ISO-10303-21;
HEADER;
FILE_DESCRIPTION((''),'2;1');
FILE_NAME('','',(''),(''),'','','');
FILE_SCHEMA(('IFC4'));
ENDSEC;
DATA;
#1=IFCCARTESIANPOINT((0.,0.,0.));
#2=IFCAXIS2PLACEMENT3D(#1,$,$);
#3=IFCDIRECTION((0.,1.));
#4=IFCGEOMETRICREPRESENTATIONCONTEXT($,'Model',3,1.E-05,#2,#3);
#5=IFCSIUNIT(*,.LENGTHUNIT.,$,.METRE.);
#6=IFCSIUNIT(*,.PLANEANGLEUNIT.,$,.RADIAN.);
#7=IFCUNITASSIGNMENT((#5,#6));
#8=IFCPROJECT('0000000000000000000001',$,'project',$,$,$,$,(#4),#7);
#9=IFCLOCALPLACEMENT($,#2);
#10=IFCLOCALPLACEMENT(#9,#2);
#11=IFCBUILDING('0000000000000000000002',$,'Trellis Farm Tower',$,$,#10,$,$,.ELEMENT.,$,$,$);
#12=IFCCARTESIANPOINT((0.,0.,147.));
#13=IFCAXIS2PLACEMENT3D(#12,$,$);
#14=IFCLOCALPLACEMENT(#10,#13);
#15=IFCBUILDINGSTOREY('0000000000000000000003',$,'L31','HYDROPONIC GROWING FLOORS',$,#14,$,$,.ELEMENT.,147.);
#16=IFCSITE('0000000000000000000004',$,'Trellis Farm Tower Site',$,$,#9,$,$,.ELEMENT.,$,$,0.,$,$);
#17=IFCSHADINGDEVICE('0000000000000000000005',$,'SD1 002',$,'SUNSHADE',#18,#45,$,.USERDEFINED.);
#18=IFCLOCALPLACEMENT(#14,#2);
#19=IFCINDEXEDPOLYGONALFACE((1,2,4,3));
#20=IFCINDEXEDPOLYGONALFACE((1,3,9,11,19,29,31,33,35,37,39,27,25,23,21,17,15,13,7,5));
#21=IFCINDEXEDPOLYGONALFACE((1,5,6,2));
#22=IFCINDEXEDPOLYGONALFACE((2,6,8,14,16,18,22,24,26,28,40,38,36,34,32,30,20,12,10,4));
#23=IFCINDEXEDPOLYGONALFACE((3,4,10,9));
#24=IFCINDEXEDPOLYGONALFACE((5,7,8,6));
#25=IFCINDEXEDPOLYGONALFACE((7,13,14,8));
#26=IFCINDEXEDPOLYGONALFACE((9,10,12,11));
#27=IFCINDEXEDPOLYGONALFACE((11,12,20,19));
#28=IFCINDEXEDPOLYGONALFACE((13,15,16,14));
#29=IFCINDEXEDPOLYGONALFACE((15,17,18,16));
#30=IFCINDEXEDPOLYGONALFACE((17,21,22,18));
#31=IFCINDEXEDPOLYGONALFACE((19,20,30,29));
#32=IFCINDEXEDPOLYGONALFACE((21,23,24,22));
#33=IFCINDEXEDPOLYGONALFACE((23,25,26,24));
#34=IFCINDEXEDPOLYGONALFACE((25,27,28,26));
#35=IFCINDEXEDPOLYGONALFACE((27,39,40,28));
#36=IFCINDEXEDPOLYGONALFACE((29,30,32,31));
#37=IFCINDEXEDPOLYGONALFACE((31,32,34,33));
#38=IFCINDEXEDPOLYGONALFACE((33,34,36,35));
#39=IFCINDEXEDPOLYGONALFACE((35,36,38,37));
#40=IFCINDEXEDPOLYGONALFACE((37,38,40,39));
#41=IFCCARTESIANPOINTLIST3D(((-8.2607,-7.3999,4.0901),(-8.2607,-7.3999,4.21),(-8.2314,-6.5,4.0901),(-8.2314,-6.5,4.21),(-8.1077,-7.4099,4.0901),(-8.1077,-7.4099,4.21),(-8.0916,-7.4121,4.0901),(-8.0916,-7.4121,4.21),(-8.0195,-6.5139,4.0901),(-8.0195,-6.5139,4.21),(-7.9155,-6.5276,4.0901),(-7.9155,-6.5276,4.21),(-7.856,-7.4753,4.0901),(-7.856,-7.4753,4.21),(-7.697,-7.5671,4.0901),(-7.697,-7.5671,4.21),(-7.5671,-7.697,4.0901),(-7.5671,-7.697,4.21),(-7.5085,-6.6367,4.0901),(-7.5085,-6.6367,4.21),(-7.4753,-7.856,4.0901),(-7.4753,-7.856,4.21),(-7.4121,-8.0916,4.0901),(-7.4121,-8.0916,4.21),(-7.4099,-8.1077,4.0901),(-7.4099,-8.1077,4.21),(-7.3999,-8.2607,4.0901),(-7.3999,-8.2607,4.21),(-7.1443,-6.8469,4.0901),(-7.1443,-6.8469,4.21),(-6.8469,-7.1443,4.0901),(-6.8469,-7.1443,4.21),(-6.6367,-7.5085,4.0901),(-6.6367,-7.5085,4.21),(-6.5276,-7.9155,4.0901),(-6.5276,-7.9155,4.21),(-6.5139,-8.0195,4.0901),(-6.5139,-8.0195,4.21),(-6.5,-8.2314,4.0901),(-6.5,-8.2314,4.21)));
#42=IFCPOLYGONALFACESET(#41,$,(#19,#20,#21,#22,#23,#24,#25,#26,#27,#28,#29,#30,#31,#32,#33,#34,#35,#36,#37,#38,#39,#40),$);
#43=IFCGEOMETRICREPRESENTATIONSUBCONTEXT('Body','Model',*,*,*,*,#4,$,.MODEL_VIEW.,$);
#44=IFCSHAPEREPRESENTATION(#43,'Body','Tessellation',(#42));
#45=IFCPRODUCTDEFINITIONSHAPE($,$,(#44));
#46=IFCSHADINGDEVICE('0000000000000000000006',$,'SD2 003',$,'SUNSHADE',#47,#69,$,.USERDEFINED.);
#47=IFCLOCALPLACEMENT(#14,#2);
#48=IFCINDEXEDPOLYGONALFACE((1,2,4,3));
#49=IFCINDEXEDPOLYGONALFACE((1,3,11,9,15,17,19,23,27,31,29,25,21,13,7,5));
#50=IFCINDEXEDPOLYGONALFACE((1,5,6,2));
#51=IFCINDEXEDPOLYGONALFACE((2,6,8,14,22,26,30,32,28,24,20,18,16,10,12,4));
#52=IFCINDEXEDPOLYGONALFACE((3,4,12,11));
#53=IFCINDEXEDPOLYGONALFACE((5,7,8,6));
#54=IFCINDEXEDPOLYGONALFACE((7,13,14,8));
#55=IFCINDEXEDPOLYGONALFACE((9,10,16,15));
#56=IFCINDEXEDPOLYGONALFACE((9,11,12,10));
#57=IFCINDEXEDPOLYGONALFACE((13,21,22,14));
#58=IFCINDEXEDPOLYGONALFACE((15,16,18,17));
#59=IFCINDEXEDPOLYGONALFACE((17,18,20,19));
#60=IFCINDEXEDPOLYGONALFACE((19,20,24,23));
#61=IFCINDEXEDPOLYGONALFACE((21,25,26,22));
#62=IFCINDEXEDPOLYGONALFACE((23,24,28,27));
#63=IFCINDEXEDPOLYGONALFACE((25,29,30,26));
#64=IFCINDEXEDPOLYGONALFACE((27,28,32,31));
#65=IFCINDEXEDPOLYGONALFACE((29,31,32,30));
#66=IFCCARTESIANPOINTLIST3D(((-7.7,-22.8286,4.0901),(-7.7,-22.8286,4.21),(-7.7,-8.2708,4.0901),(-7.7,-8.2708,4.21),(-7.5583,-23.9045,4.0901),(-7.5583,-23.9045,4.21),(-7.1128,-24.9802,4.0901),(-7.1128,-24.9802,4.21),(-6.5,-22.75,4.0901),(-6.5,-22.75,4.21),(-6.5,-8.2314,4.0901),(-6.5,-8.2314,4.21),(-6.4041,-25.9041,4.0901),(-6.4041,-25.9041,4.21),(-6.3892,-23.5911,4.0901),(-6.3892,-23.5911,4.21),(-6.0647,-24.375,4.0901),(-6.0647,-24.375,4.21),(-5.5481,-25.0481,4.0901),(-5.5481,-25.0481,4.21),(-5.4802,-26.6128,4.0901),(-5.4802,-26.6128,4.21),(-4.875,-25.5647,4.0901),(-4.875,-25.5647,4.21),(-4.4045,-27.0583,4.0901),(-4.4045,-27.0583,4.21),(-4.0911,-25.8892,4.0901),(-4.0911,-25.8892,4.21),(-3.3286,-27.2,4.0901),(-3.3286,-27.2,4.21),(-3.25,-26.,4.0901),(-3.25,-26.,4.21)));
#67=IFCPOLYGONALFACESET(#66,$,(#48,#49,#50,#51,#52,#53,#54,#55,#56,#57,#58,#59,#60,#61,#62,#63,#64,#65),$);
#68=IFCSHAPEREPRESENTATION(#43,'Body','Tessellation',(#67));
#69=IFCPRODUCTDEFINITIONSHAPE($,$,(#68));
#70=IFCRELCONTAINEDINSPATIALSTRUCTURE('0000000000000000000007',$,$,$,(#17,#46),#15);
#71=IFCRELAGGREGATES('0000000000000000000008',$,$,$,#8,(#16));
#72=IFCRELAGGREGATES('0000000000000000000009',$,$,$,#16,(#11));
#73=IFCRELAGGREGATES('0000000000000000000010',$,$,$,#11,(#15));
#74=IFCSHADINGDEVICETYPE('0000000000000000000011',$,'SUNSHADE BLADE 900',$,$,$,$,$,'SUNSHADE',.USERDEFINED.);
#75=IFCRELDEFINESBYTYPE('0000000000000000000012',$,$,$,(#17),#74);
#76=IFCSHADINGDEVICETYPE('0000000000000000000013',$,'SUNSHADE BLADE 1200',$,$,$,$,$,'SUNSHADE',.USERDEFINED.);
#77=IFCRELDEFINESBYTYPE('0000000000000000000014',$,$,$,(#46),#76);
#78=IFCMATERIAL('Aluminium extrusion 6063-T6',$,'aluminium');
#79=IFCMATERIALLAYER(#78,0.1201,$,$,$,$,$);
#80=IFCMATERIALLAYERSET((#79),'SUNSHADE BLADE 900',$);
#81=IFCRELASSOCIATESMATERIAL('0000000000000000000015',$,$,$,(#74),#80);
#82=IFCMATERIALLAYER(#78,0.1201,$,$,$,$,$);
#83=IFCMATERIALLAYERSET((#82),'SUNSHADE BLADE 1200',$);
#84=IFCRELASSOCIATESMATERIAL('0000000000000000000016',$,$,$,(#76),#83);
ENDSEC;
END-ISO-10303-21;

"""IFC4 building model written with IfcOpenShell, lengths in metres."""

from ifc_helpers import new_model, si_unit, direction, frame, origin, place, context, subcontext, project, spatial, polyline, outline, extrude, source, transform, mapped, material, layer, layer_set, type_object, element, save


model = new_model("IFC4")

# Units and contexts
model_context = context("Model", 3, precision=1e-05, world=origin(), true_north=direction((0.0, 1.0)))
body_context = subcontext(model_context, "Body", "Model", "MODEL_VIEW")
ifc_project = project(units=[si_unit("LENGTHUNIT", "METRE"), si_unit("PLANEANGLEUNIT", "RADIAN")], contexts=[model_context])

# Site, building, storey
site_placement = place(None, origin())
site = spatial("IfcSite", under=ifc_project, at=site_placement, Name="Trellis Farm Tower Site", CompositionType="ELEMENT", RefElevation=0.0)
building_placement = place(site_placement, origin())
building = spatial("IfcBuilding", under=site, at=building_placement, Name="Trellis Farm Tower", CompositionType="ELEMENT")
storey_placement = place(building_placement, frame((0.0, 0.0, 147.0)))
storey = spatial("IfcBuildingStorey", under=building, at=storey_placement, Name="L31", Description="HYDROPONIC GROWING FLOORS", CompositionType="ELEMENT", Elevation=147.0)

# Shared definitions
ifc_material_1 = material(Name="Aluminium extrusion 6063-T6", Category="aluminium")

# Shading devices
ifc_layer_1 = layer(ifc_material_1, 0.1201)
ifc_layer_set_1 = layer_set([ifc_layer_1], Name="SUNSHADE BLADE 900")
shading_device_type_1 = type_object("IfcShadingDeviceType", Name="SUNSHADE BLADE 900", ElementType="SUNSHADE", PredefinedType="USERDEFINED", material=ifc_layer_set_1)
placement_1 = place(storey_placement, frame((0.0, 0.0, 4.0901)))
shared_shape_1 = source(origin(), body_context, "Body", "SweptSolid", [
    extrude(outline(polyline([(-8.2607, -7.3999), (-8.1077, -7.4099), (-8.0916, -7.4121), (-7.856, -7.4753), (-7.697, -7.5671), (-7.5671, -7.697), (-7.4753, -7.856), (-7.4121, -8.0916), (-7.4099, -8.1077), (-7.3999, -8.2607), (-6.5, -8.2314), (-6.5139, -8.0195), (-6.5276, -7.9155), (-6.6367, -7.5085), (-6.8469, -7.1443), (-7.1443, -6.8469), (-7.5085, -6.6367), (-7.9155, -6.5276), (-8.0195, -6.5139), (-8.2314, -6.5), (-8.2607, -7.3999)])), origin(), (0.0, 0.0, 1.0), 0.1199),
])
element("IfcShadingDevice", 1, at=placement_1, inside=storey, type_object=shading_device_type_1, Name="SD1 002", ObjectType="SUNSHADE", PredefinedType="USERDEFINED", context=body_context, shape_type="MappedRepresentation", body=[
    mapped(shared_shape_1, transform((0.0, 0.0, 0.0))),
])
ifc_layer_2 = layer(ifc_material_1, 0.1201)
ifc_layer_set_2 = layer_set([ifc_layer_2], Name="SUNSHADE BLADE 1200")
shading_device_type_2 = type_object("IfcShadingDeviceType", Name="SUNSHADE BLADE 1200", ElementType="SUNSHADE", PredefinedType="USERDEFINED", material=ifc_layer_set_2)
shared_shape_2 = source(origin(), body_context, "Body", "SweptSolid", [
    extrude(outline(polyline([(-7.7, -8.2708), (-7.7, -22.8286), (-7.5583, -23.9045), (-7.1128, -24.9802), (-6.4041, -25.9041), (-5.4802, -26.6128), (-4.4045, -27.0583), (-3.3286, -27.2), (-3.25, -26.0), (-4.0911, -25.8892), (-4.875, -25.5647), (-5.5481, -25.0481), (-6.0647, -24.375), (-6.3892, -23.5911), (-6.5, -22.75), (-6.5, -8.2314), (-7.7, -8.2708)])), origin(), (0.0, 0.0, 1.0), 0.1199),
])
element("IfcShadingDevice", 2, at=placement_1, inside=storey, type_object=shading_device_type_2, Name="SD2 003", ObjectType="SUNSHADE", PredefinedType="USERDEFINED", context=body_context, shape_type="MappedRepresentation", body=[
    mapped(shared_shape_2, transform((0.0, 0.0, 0.0))),
])

save(model, "model.ifc")
